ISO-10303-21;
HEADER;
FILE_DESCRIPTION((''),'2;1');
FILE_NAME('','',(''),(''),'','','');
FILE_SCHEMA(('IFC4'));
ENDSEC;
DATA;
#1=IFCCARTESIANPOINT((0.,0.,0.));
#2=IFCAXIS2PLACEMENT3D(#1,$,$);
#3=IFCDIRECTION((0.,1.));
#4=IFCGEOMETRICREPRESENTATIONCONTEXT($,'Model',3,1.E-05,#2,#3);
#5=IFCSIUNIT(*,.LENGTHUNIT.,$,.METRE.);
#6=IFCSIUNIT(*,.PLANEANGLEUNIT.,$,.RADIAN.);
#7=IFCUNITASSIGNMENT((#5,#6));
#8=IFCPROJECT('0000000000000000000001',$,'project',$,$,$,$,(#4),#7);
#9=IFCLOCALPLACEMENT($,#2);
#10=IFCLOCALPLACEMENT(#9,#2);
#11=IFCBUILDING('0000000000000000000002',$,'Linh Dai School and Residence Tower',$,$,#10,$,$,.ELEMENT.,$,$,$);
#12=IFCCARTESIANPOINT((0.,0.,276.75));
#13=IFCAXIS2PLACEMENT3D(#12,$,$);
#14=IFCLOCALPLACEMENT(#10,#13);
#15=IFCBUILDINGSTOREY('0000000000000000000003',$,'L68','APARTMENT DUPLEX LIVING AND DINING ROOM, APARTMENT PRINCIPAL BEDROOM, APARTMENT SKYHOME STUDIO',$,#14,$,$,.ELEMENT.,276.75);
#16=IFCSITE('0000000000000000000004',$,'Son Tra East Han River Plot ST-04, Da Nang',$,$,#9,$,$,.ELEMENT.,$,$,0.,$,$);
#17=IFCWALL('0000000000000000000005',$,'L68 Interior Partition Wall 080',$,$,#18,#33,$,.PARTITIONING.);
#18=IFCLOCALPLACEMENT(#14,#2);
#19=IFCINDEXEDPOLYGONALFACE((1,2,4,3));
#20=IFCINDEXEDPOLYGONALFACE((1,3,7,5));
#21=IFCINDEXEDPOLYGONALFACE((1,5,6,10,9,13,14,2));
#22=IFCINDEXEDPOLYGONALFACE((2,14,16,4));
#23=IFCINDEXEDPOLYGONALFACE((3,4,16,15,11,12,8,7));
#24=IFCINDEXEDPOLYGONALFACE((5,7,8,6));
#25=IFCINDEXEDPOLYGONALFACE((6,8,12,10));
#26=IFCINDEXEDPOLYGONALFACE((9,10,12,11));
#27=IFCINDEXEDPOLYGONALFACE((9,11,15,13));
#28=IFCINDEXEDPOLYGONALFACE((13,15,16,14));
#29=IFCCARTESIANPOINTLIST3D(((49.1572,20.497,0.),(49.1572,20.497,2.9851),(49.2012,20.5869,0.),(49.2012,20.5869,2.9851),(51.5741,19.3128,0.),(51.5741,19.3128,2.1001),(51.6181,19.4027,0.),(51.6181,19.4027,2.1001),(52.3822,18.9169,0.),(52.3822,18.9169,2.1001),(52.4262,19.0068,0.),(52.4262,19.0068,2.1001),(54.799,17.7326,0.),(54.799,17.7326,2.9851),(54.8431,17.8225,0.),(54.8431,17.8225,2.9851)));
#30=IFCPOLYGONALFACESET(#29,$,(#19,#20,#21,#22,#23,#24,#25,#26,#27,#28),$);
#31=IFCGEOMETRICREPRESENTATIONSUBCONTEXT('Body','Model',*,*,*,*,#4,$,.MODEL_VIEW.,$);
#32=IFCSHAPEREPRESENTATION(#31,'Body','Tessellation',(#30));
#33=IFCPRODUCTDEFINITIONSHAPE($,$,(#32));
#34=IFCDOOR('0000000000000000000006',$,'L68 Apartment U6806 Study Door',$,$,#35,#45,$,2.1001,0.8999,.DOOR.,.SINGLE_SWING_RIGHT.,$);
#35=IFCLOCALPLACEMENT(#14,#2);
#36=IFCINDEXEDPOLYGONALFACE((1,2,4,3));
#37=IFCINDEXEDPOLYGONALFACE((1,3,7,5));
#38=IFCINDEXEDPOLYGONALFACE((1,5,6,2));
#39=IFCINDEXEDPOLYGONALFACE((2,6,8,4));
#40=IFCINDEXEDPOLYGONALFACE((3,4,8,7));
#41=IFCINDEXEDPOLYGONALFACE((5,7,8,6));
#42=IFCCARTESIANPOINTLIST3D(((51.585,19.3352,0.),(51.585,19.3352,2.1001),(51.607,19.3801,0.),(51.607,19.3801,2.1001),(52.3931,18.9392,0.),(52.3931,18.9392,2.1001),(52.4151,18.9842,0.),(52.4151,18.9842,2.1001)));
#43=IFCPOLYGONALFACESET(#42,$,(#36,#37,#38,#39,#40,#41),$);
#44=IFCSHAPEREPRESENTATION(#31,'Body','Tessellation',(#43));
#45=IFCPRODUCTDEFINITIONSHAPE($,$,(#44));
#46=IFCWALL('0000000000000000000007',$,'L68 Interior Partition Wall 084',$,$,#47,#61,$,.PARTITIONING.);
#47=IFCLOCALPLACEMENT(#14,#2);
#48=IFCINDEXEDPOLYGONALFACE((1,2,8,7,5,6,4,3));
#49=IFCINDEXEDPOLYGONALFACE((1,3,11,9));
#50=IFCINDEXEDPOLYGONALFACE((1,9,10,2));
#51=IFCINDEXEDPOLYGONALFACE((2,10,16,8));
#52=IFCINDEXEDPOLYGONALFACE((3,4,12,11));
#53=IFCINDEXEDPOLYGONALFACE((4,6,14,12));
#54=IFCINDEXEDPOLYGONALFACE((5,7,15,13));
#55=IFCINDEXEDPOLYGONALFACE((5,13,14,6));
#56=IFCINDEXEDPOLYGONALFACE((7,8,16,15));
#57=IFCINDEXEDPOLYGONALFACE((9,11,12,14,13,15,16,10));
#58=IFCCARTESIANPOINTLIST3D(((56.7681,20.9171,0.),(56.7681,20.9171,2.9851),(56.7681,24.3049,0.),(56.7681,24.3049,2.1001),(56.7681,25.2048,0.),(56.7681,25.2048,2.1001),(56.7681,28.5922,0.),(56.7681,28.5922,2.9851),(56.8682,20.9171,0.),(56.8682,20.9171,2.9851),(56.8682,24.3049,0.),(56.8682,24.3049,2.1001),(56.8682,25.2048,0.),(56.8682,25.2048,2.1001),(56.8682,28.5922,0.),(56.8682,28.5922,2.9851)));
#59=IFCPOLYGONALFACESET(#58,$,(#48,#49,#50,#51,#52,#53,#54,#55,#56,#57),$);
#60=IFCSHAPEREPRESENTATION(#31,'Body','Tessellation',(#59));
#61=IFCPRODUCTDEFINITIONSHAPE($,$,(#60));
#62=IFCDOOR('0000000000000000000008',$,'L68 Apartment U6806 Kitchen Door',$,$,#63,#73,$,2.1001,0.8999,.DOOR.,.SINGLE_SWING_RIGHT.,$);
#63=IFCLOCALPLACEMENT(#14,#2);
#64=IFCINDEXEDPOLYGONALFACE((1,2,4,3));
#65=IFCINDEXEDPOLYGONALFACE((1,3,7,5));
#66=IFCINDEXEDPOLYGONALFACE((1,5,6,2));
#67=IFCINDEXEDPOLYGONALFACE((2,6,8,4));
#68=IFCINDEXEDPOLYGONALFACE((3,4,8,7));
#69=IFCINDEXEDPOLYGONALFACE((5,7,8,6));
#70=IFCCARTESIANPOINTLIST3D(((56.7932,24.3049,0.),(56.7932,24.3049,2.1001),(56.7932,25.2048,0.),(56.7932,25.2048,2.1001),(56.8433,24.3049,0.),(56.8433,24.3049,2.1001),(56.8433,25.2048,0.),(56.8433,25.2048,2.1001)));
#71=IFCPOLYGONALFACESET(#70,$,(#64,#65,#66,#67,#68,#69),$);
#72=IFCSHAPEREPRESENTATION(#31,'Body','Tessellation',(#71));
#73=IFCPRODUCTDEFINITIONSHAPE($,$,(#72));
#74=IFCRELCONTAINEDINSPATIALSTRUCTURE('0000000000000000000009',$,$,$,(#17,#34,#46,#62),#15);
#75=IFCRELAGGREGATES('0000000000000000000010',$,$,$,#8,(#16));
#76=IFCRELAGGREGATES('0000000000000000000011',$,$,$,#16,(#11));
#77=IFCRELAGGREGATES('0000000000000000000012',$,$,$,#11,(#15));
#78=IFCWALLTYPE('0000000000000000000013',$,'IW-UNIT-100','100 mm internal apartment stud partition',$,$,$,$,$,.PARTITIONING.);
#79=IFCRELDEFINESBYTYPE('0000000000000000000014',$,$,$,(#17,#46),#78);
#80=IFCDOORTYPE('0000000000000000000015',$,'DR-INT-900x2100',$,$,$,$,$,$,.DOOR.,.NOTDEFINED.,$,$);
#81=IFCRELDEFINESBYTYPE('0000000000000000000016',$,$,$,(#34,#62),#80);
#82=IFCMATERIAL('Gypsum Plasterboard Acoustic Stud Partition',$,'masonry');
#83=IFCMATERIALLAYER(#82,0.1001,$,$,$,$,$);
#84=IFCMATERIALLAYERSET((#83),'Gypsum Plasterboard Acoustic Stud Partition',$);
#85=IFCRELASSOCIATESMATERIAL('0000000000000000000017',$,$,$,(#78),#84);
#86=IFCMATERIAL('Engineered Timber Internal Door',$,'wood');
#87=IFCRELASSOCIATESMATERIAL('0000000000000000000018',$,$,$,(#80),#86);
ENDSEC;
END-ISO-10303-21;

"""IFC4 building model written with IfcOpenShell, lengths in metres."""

from ifc_helpers import new_model, si_unit, direction, frame, frame_2d, origin, origin_2d, place, context, subcontext, project, spatial, rectangle, extrude, source, transform, mapped, material, layer, layer_set, type_object, element, fill, save


model = new_model("IFC4")

# Units and contexts
model_context = context("Model", 3, precision=1e-05, world=origin(), true_north=direction((0.0, 1.0)))
body_context = subcontext(model_context, "Body", "Model", "MODEL_VIEW")
ifc_project = project(units=[si_unit("LENGTHUNIT", "METRE"), si_unit("PLANEANGLEUNIT", "RADIAN")], contexts=[model_context])

# Site, building, storey
site_placement = place(None, origin())
site = spatial("IfcSite", under=ifc_project, at=site_placement, Name="Son Tra East Han River Plot ST-04, Da Nang", CompositionType="ELEMENT", RefElevation=0.0)
building_placement = place(site_placement, origin())
building = spatial("IfcBuilding", under=site, at=building_placement, Name="Linh Dai School and Residence Tower", CompositionType="ELEMENT")
storey_placement = place(building_placement, frame((0.0, 0.0, 276.75)))
storey = spatial("IfcBuildingStorey", under=building, at=storey_placement, Name="L68", Description="APARTMENT DUPLEX LIVING AND DINING ROOM, APARTMENT PRINCIPAL BEDROOM, APARTMENT SKYHOME STUDIO", CompositionType="ELEMENT", Elevation=276.75)

# Walls, openings, doors
ifc_material_1 = material(Name="Gypsum Plasterboard Acoustic Stud Partition", Category="masonry")
ifc_layer_1 = layer(ifc_material_1, 0.1001)
ifc_layer_set_1 = layer_set([ifc_layer_1], Name="Gypsum Plasterboard Acoustic Stud Partition")
wall_type_1 = type_object("IfcWallType", Name="IW-UNIT-100", Description="100 mm internal apartment stud partition", PredefinedType="PARTITIONING", material=ifc_layer_set_1)
wall_1_placement = place(storey_placement, frame((49.1792, 20.542, 0.0), z_axis=(0.0, 0.0, 1.0), x_axis=(0.897997, -0.440002, 0.0)))
wall_1 = element("IfcWall", 1, at=wall_1_placement, inside=storey, type_object=wall_type_1, Name="L68 Interior Partition Wall 080", PredefinedType="PARTITIONING", context=body_context, shape_type="SweptSolid", body=[
    extrude(rectangle(XDim=6.2827, YDim=0.1001, at=frame_2d((3.1414, 0.0))), origin(), (0.0, 0.0, 1.0), 2.9851),
])
opening_1_placement = place(wall_1_placement, frame((2.6914, 0.0, 0.0)))
opening_1 = element("IfcOpeningElement", 2, at=opening_1_placement, cuts=wall_1, PredefinedType="OPENING", context=body_context, shape_type="SweptSolid", body=[
    extrude(rectangle(XDim=0.8999, YDim=2.1001, at=origin_2d()), frame((0.45, 0.0601, 1.05), z_axis=(0.0, -1.0, 0.0), x_axis=(1.0, 0.0, 0.0)), (0.0, 0.0, 1.0), 0.1201),
])
ifc_material_2 = material(Name="Engineered Timber Internal Door", Category="wood")
door_type_1 = type_object("IfcDoorType", Name="DR-INT-900x2100", OperationType="NOTDEFINED", PredefinedType="DOOR", material=ifc_material_2)
shared_shape_1 = source(origin(), body_context, "Body", "SweptSolid", [
    extrude(rectangle(XDim=0.8999, YDim=2.1001, at=origin_2d()), frame((0.45, 0.0249, 1.05), z_axis=(0.0, -1.0, 0.0), x_axis=(1.0, 0.0, 0.0)), (0.0, 0.0, 1.0), 0.05),
])
door_1_placement = place(opening_1_placement, origin())
door_1 = element("IfcDoor", 3, at=door_1_placement, inside=storey, type_object=door_type_1, Name="L68 Apartment U6806 Study Door", OperationType="SINGLE_SWING_RIGHT", OverallHeight=2.1001, OverallWidth=0.8999, PredefinedType="DOOR", context=body_context, shape_type="MappedRepresentation", body=[
    mapped(shared_shape_1, transform((0.0, 0.0, 0.0), x_axis=(1.0, 0.0, 0.0), y_axis=(0.0, 1.0, 0.0), z_axis=(0.0, 0.0, 1.0), scale=1.0)),
])
fill(opening_1, door_1)
wall_2_placement = place(storey_placement, frame((56.8181, 20.9172, 0.0), z_axis=(0.0, 0.0, 1.0), x_axis=(0.0, 1.0, 0.0)))
wall_2 = element("IfcWall", 4, at=wall_2_placement, inside=storey, type_object=wall_type_1, Name="L68 Interior Partition Wall 084", PredefinedType="PARTITIONING", context=body_context, shape_type="SweptSolid", body=[
    extrude(rectangle(XDim=7.675, YDim=0.1001, at=frame_2d((3.8374, 0.0))), origin(), (0.0, 0.0, 1.0), 2.9851),
])
opening_2_placement = place(wall_2_placement, frame((3.3877, 0.0, 0.0)))
opening_2 = element("IfcOpeningElement", 5, at=opening_2_placement, cuts=wall_2, PredefinedType="OPENING", context=body_context, shape_type="SweptSolid", body=[
    extrude(rectangle(XDim=0.8999, YDim=2.1001, at=origin_2d()), frame((0.45, 0.0601, 1.05), z_axis=(0.0, -1.0, 0.0), x_axis=(1.0, 0.0, 0.0)), (0.0, 0.0, 1.0), 0.1201),
])
door_2_placement = place(opening_2_placement, origin())
door_2 = element("IfcDoor", 6, at=door_2_placement, inside=storey, type_object=door_type_1, Name="L68 Apartment U6806 Kitchen Door", OperationType="SINGLE_SWING_RIGHT", OverallHeight=2.1001, OverallWidth=0.8999, PredefinedType="DOOR", context=body_context, shape_type="MappedRepresentation", body=[
    mapped(shared_shape_1, transform((0.0, 0.0, 0.0), x_axis=(1.0, 0.0, 0.0), y_axis=(0.0, 1.0, 0.0), z_axis=(0.0, 0.0, 1.0), scale=1.0)),
])
fill(opening_2, door_2)

save(model, "model.ifc")
